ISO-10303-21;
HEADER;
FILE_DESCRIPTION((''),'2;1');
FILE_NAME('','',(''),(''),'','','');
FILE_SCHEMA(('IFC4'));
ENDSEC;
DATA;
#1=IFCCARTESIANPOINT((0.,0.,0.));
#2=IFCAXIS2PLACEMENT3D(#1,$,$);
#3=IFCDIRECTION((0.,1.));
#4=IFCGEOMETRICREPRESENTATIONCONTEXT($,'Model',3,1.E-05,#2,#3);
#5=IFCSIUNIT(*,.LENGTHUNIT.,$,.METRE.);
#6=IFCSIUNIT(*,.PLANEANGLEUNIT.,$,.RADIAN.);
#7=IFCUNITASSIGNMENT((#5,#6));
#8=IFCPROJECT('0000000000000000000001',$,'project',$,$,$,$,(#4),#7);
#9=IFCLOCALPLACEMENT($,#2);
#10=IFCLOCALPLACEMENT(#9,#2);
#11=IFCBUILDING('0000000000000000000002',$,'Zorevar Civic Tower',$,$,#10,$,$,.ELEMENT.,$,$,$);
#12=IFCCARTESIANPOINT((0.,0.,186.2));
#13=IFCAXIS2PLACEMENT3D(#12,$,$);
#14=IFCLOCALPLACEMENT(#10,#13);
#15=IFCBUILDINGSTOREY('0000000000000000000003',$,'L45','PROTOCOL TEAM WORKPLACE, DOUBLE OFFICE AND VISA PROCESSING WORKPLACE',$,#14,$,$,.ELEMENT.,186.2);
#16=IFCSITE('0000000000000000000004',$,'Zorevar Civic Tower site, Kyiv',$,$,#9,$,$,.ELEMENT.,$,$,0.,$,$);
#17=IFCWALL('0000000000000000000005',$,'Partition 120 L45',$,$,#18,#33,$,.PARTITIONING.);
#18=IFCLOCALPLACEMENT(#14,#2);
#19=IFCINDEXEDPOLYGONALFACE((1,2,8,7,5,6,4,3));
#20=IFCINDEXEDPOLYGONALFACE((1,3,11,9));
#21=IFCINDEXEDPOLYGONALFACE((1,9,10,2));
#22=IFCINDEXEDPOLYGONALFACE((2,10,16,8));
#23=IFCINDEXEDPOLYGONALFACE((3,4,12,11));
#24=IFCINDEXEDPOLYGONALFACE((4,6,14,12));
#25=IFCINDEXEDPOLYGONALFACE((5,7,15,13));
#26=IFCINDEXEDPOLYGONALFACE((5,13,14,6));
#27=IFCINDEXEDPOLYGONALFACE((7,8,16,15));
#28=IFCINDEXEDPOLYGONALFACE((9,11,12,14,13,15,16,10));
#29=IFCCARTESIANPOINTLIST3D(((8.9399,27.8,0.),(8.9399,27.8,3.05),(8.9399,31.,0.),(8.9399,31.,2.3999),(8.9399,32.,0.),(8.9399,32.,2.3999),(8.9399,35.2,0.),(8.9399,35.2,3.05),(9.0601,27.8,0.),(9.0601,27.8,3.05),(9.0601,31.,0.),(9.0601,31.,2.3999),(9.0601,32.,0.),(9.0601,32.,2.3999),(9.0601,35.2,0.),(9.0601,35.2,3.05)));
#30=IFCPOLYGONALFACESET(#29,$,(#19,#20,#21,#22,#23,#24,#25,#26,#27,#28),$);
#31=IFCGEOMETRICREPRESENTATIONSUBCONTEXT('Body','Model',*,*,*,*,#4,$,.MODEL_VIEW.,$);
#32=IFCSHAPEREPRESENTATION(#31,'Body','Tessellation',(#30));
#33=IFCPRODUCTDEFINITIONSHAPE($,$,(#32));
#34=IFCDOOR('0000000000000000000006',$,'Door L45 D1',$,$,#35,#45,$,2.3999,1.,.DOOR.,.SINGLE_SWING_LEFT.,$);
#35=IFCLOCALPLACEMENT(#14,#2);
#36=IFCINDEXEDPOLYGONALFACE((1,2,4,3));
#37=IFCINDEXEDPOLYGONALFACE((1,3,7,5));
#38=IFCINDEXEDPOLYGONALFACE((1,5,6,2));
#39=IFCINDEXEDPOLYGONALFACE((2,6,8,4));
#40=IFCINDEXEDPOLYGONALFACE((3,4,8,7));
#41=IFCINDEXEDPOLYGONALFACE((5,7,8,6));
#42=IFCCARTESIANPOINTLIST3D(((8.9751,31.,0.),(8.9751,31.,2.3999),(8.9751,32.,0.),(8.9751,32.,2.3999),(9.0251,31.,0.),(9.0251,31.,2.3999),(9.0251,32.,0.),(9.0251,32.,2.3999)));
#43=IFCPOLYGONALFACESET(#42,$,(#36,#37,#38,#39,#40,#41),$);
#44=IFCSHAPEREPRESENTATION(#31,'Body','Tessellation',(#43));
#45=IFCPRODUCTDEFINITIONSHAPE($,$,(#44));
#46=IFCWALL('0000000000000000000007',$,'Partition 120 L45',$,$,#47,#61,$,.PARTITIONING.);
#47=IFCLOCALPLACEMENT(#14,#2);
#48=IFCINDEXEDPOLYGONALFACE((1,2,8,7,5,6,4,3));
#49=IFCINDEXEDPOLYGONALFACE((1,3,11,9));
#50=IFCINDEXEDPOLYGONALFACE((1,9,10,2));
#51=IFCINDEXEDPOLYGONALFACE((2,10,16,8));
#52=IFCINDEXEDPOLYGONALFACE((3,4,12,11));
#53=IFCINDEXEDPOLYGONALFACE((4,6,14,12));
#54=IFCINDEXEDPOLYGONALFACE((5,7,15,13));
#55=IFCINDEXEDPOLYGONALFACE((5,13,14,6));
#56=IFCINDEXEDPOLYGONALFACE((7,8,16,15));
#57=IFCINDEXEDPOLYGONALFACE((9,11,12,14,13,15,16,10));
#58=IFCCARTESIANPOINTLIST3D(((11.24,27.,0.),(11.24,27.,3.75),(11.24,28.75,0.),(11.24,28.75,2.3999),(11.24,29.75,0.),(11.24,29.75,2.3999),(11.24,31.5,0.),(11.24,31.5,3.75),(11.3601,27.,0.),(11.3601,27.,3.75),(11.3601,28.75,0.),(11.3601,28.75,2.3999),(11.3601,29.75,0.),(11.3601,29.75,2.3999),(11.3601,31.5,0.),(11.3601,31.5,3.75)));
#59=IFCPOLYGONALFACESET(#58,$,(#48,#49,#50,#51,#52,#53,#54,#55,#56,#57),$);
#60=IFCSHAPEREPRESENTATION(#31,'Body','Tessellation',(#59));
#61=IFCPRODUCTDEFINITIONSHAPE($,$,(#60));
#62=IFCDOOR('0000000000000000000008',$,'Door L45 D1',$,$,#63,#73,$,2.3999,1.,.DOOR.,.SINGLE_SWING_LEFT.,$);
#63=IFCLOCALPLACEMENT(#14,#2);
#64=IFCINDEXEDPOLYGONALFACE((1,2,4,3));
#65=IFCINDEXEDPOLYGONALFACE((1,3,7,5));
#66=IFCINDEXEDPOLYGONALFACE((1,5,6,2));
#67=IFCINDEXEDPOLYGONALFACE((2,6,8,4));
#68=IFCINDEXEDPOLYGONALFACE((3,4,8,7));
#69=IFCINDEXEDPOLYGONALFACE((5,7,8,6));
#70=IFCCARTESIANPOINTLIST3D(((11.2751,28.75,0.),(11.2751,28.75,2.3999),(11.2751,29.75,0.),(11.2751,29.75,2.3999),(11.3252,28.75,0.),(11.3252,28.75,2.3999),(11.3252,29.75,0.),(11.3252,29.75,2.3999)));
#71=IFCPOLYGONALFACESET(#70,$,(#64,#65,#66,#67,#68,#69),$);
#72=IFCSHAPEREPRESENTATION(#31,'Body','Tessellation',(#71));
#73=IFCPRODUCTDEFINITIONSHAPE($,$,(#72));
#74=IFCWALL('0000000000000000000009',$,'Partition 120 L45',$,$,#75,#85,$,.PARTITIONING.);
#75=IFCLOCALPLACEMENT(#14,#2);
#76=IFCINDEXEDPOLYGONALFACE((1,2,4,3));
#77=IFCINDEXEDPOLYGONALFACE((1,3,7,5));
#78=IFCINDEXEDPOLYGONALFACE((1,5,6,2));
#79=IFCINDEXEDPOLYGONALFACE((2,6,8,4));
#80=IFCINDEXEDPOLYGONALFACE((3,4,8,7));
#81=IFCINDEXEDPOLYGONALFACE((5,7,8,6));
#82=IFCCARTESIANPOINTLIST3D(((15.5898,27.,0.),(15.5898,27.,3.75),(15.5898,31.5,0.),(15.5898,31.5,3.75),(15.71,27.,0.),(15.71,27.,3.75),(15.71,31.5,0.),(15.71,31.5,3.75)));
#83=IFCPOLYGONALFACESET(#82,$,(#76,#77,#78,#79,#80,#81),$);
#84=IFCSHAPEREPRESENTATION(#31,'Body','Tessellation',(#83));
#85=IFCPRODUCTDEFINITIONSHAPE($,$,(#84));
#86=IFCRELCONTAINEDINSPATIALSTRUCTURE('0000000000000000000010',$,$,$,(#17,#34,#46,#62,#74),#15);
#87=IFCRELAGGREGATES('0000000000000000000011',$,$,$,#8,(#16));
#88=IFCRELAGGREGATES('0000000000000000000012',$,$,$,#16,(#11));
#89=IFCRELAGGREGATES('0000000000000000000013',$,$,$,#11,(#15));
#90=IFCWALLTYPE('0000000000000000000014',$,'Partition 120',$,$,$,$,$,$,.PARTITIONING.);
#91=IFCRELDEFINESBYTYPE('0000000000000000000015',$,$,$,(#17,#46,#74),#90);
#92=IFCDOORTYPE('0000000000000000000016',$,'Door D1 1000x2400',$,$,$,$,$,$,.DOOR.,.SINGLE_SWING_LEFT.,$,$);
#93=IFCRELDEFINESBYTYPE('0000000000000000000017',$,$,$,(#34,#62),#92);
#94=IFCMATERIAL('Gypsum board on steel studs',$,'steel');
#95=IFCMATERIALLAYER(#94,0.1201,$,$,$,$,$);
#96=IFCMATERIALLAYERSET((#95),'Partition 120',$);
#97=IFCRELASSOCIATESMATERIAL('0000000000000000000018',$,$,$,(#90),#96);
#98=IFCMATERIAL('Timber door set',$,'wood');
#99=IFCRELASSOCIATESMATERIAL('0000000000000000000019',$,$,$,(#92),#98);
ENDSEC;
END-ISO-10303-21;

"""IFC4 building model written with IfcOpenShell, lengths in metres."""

from ifc_helpers import new_model, si_unit, direction, frame, frame_2d, origin, place, context, subcontext, project, spatial, rectangle, extrude, material, layer, layer_set, type_object, element, fill, save


model = new_model("IFC4")

# Units and contexts
model_context = context("Model", 3, precision=1e-05, world=origin(), true_north=direction((0.0, 1.0)))
body_context = subcontext(model_context, "Body", "Model", "MODEL_VIEW")
ifc_project = project(units=[si_unit("LENGTHUNIT", "METRE"), si_unit("PLANEANGLEUNIT", "RADIAN")], contexts=[model_context])

# Site, building, storey
site_placement = place(None, origin())
site = spatial("IfcSite", under=ifc_project, at=site_placement, Name="Zorevar Civic Tower site, Kyiv", CompositionType="ELEMENT", RefElevation=0.0)
building_placement = place(site_placement, origin())
building = spatial("IfcBuilding", under=site, at=building_placement, Name="Zorevar Civic Tower", CompositionType="ELEMENT")
storey_placement = place(building_placement, frame((0.0, 0.0, 186.2)))
storey = spatial("IfcBuildingStorey", under=building, at=storey_placement, Name="L45", Description="PROTOCOL TEAM WORKPLACE, DOUBLE OFFICE AND VISA PROCESSING WORKPLACE", CompositionType="ELEMENT", Elevation=186.2)

# Shared definitions
ifc_material_1 = material(Name="Gypsum board on steel studs", Category="steel")
ifc_layer_1 = layer(ifc_material_1, 0.1201)
ifc_layer_set_1 = layer_set([ifc_layer_1], Name="Partition 120")
wall_type_1 = type_object("IfcWallType", Name="Partition 120", PredefinedType="PARTITIONING", material=ifc_layer_set_1)

# Walls, openings, doors
wall_1_placement = place(storey_placement, frame((9.0, 27.8, 0.0), z_axis=(0.0, 0.0, 1.0), x_axis=(0.0, 1.0, 0.0)))
wall_1 = element("IfcWall", 1, at=wall_1_placement, inside=storey, type_object=wall_type_1, Name="Partition 120 L45", PredefinedType="PARTITIONING", context=body_context, shape_type="SweptSolid", body=[
    extrude(rectangle(XDim=7.3999, YDim=0.1201, at=frame_2d((3.7, 0.0))), origin(), (0.0, 0.0, 1.0), 3.05),
])
opening_1_placement = place(wall_1_placement, frame((3.2, 0.0, 0.0)))
opening_1 = element("IfcOpeningElement", 2, at=opening_1_placement, cuts=wall_1, PredefinedType="OPENING", context=body_context, shape_type="SweptSolid", body=[
    extrude(rectangle(XDim=1.0, YDim=2.3999, at=frame_2d((0.5, 1.2))), frame((0.0, 0.0701, 0.0), z_axis=(0.0, -1.0, 0.0), x_axis=(1.0, 0.0, 0.0)), (0.0, 0.0, 1.0), 0.1401),
])
ifc_material_2 = material(Name="Timber door set", Category="wood")
door_type_1 = type_object("IfcDoorType", Name="Door D1 1000x2400", OperationType="SINGLE_SWING_LEFT", PredefinedType="DOOR", material=ifc_material_2)
door_1_placement = place(opening_1_placement, origin())
door_1 = element("IfcDoor", 3, at=door_1_placement, inside=storey, type_object=door_type_1, Name="Door L45 D1", OperationType="SINGLE_SWING_LEFT", OverallHeight=2.3999, OverallWidth=1.0, PredefinedType="DOOR", context=body_context, shape_type="SweptSolid", body=[
    extrude(rectangle(XDim=1.0, YDim=2.3999, at=frame_2d((0.5, 1.2))), frame((0.0, 0.0249, 0.0), z_axis=(0.0, -1.0, 0.0), x_axis=(1.0, 0.0, 0.0)), (0.0, 0.0, 1.0), 0.05),
])
fill(opening_1, door_1)
wall_2_placement = place(storey_placement, frame((11.3, 27.0, 0.0), z_axis=(0.0, 0.0, 1.0), x_axis=(0.0, 1.0, 0.0)))
wall_2 = element("IfcWall", 4, at=wall_2_placement, inside=storey, type_object=wall_type_1, Name="Partition 120 L45", PredefinedType="PARTITIONING", context=body_context, shape_type="SweptSolid", body=[
    extrude(rectangle(XDim=4.5, YDim=0.1201, at=frame_2d((2.25, 0.0))), origin(), (0.0, 0.0, 1.0), 3.75),
])
opening_2_placement = place(wall_2_placement, frame((1.75, 0.0, 0.0)))
opening_2 = element("IfcOpeningElement", 5, at=opening_2_placement, cuts=wall_2, PredefinedType="OPENING", context=body_context, shape_type="SweptSolid", body=[
    extrude(rectangle(XDim=1.0, YDim=2.3999, at=frame_2d((0.5, 1.2))), frame((0.0, 0.0701, 0.0), z_axis=(0.0, -1.0, 0.0), x_axis=(1.0, 0.0, 0.0)), (0.0, 0.0, 1.0), 0.1401),
])
door_2_placement = place(opening_2_placement, origin())
door_2 = element("IfcDoor", 6, at=door_2_placement, inside=storey, type_object=door_type_1, Name="Door L45 D1", OperationType="SINGLE_SWING_LEFT", OverallHeight=2.3999, OverallWidth=1.0, PredefinedType="DOOR", context=body_context, shape_type="SweptSolid", body=[
    extrude(rectangle(XDim=1.0, YDim=2.3999, at=frame_2d((0.5, 1.2))), frame((0.0, 0.0249, 0.0), z_axis=(0.0, -1.0, 0.0), x_axis=(1.0, 0.0, 0.0)), (0.0, 0.0, 1.0), 0.05),
])
fill(opening_2, door_2)

# Wall
wall_3_placement = place(storey_placement, frame((15.6499, 27.0, 0.0), z_axis=(0.0, 0.0, 1.0), x_axis=(0.0, 1.0, 0.0)))
element("IfcWall", 7, at=wall_3_placement, inside=storey, type_object=wall_type_1, Name="Partition 120 L45", PredefinedType="PARTITIONING", context=body_context, shape_type="SweptSolid", body=[
    extrude(rectangle(XDim=4.5, YDim=0.1201, at=frame_2d((2.25, 0.0))), origin(), (0.0, 0.0, 1.0), 3.75),
])

save(model, "model.ifc")
